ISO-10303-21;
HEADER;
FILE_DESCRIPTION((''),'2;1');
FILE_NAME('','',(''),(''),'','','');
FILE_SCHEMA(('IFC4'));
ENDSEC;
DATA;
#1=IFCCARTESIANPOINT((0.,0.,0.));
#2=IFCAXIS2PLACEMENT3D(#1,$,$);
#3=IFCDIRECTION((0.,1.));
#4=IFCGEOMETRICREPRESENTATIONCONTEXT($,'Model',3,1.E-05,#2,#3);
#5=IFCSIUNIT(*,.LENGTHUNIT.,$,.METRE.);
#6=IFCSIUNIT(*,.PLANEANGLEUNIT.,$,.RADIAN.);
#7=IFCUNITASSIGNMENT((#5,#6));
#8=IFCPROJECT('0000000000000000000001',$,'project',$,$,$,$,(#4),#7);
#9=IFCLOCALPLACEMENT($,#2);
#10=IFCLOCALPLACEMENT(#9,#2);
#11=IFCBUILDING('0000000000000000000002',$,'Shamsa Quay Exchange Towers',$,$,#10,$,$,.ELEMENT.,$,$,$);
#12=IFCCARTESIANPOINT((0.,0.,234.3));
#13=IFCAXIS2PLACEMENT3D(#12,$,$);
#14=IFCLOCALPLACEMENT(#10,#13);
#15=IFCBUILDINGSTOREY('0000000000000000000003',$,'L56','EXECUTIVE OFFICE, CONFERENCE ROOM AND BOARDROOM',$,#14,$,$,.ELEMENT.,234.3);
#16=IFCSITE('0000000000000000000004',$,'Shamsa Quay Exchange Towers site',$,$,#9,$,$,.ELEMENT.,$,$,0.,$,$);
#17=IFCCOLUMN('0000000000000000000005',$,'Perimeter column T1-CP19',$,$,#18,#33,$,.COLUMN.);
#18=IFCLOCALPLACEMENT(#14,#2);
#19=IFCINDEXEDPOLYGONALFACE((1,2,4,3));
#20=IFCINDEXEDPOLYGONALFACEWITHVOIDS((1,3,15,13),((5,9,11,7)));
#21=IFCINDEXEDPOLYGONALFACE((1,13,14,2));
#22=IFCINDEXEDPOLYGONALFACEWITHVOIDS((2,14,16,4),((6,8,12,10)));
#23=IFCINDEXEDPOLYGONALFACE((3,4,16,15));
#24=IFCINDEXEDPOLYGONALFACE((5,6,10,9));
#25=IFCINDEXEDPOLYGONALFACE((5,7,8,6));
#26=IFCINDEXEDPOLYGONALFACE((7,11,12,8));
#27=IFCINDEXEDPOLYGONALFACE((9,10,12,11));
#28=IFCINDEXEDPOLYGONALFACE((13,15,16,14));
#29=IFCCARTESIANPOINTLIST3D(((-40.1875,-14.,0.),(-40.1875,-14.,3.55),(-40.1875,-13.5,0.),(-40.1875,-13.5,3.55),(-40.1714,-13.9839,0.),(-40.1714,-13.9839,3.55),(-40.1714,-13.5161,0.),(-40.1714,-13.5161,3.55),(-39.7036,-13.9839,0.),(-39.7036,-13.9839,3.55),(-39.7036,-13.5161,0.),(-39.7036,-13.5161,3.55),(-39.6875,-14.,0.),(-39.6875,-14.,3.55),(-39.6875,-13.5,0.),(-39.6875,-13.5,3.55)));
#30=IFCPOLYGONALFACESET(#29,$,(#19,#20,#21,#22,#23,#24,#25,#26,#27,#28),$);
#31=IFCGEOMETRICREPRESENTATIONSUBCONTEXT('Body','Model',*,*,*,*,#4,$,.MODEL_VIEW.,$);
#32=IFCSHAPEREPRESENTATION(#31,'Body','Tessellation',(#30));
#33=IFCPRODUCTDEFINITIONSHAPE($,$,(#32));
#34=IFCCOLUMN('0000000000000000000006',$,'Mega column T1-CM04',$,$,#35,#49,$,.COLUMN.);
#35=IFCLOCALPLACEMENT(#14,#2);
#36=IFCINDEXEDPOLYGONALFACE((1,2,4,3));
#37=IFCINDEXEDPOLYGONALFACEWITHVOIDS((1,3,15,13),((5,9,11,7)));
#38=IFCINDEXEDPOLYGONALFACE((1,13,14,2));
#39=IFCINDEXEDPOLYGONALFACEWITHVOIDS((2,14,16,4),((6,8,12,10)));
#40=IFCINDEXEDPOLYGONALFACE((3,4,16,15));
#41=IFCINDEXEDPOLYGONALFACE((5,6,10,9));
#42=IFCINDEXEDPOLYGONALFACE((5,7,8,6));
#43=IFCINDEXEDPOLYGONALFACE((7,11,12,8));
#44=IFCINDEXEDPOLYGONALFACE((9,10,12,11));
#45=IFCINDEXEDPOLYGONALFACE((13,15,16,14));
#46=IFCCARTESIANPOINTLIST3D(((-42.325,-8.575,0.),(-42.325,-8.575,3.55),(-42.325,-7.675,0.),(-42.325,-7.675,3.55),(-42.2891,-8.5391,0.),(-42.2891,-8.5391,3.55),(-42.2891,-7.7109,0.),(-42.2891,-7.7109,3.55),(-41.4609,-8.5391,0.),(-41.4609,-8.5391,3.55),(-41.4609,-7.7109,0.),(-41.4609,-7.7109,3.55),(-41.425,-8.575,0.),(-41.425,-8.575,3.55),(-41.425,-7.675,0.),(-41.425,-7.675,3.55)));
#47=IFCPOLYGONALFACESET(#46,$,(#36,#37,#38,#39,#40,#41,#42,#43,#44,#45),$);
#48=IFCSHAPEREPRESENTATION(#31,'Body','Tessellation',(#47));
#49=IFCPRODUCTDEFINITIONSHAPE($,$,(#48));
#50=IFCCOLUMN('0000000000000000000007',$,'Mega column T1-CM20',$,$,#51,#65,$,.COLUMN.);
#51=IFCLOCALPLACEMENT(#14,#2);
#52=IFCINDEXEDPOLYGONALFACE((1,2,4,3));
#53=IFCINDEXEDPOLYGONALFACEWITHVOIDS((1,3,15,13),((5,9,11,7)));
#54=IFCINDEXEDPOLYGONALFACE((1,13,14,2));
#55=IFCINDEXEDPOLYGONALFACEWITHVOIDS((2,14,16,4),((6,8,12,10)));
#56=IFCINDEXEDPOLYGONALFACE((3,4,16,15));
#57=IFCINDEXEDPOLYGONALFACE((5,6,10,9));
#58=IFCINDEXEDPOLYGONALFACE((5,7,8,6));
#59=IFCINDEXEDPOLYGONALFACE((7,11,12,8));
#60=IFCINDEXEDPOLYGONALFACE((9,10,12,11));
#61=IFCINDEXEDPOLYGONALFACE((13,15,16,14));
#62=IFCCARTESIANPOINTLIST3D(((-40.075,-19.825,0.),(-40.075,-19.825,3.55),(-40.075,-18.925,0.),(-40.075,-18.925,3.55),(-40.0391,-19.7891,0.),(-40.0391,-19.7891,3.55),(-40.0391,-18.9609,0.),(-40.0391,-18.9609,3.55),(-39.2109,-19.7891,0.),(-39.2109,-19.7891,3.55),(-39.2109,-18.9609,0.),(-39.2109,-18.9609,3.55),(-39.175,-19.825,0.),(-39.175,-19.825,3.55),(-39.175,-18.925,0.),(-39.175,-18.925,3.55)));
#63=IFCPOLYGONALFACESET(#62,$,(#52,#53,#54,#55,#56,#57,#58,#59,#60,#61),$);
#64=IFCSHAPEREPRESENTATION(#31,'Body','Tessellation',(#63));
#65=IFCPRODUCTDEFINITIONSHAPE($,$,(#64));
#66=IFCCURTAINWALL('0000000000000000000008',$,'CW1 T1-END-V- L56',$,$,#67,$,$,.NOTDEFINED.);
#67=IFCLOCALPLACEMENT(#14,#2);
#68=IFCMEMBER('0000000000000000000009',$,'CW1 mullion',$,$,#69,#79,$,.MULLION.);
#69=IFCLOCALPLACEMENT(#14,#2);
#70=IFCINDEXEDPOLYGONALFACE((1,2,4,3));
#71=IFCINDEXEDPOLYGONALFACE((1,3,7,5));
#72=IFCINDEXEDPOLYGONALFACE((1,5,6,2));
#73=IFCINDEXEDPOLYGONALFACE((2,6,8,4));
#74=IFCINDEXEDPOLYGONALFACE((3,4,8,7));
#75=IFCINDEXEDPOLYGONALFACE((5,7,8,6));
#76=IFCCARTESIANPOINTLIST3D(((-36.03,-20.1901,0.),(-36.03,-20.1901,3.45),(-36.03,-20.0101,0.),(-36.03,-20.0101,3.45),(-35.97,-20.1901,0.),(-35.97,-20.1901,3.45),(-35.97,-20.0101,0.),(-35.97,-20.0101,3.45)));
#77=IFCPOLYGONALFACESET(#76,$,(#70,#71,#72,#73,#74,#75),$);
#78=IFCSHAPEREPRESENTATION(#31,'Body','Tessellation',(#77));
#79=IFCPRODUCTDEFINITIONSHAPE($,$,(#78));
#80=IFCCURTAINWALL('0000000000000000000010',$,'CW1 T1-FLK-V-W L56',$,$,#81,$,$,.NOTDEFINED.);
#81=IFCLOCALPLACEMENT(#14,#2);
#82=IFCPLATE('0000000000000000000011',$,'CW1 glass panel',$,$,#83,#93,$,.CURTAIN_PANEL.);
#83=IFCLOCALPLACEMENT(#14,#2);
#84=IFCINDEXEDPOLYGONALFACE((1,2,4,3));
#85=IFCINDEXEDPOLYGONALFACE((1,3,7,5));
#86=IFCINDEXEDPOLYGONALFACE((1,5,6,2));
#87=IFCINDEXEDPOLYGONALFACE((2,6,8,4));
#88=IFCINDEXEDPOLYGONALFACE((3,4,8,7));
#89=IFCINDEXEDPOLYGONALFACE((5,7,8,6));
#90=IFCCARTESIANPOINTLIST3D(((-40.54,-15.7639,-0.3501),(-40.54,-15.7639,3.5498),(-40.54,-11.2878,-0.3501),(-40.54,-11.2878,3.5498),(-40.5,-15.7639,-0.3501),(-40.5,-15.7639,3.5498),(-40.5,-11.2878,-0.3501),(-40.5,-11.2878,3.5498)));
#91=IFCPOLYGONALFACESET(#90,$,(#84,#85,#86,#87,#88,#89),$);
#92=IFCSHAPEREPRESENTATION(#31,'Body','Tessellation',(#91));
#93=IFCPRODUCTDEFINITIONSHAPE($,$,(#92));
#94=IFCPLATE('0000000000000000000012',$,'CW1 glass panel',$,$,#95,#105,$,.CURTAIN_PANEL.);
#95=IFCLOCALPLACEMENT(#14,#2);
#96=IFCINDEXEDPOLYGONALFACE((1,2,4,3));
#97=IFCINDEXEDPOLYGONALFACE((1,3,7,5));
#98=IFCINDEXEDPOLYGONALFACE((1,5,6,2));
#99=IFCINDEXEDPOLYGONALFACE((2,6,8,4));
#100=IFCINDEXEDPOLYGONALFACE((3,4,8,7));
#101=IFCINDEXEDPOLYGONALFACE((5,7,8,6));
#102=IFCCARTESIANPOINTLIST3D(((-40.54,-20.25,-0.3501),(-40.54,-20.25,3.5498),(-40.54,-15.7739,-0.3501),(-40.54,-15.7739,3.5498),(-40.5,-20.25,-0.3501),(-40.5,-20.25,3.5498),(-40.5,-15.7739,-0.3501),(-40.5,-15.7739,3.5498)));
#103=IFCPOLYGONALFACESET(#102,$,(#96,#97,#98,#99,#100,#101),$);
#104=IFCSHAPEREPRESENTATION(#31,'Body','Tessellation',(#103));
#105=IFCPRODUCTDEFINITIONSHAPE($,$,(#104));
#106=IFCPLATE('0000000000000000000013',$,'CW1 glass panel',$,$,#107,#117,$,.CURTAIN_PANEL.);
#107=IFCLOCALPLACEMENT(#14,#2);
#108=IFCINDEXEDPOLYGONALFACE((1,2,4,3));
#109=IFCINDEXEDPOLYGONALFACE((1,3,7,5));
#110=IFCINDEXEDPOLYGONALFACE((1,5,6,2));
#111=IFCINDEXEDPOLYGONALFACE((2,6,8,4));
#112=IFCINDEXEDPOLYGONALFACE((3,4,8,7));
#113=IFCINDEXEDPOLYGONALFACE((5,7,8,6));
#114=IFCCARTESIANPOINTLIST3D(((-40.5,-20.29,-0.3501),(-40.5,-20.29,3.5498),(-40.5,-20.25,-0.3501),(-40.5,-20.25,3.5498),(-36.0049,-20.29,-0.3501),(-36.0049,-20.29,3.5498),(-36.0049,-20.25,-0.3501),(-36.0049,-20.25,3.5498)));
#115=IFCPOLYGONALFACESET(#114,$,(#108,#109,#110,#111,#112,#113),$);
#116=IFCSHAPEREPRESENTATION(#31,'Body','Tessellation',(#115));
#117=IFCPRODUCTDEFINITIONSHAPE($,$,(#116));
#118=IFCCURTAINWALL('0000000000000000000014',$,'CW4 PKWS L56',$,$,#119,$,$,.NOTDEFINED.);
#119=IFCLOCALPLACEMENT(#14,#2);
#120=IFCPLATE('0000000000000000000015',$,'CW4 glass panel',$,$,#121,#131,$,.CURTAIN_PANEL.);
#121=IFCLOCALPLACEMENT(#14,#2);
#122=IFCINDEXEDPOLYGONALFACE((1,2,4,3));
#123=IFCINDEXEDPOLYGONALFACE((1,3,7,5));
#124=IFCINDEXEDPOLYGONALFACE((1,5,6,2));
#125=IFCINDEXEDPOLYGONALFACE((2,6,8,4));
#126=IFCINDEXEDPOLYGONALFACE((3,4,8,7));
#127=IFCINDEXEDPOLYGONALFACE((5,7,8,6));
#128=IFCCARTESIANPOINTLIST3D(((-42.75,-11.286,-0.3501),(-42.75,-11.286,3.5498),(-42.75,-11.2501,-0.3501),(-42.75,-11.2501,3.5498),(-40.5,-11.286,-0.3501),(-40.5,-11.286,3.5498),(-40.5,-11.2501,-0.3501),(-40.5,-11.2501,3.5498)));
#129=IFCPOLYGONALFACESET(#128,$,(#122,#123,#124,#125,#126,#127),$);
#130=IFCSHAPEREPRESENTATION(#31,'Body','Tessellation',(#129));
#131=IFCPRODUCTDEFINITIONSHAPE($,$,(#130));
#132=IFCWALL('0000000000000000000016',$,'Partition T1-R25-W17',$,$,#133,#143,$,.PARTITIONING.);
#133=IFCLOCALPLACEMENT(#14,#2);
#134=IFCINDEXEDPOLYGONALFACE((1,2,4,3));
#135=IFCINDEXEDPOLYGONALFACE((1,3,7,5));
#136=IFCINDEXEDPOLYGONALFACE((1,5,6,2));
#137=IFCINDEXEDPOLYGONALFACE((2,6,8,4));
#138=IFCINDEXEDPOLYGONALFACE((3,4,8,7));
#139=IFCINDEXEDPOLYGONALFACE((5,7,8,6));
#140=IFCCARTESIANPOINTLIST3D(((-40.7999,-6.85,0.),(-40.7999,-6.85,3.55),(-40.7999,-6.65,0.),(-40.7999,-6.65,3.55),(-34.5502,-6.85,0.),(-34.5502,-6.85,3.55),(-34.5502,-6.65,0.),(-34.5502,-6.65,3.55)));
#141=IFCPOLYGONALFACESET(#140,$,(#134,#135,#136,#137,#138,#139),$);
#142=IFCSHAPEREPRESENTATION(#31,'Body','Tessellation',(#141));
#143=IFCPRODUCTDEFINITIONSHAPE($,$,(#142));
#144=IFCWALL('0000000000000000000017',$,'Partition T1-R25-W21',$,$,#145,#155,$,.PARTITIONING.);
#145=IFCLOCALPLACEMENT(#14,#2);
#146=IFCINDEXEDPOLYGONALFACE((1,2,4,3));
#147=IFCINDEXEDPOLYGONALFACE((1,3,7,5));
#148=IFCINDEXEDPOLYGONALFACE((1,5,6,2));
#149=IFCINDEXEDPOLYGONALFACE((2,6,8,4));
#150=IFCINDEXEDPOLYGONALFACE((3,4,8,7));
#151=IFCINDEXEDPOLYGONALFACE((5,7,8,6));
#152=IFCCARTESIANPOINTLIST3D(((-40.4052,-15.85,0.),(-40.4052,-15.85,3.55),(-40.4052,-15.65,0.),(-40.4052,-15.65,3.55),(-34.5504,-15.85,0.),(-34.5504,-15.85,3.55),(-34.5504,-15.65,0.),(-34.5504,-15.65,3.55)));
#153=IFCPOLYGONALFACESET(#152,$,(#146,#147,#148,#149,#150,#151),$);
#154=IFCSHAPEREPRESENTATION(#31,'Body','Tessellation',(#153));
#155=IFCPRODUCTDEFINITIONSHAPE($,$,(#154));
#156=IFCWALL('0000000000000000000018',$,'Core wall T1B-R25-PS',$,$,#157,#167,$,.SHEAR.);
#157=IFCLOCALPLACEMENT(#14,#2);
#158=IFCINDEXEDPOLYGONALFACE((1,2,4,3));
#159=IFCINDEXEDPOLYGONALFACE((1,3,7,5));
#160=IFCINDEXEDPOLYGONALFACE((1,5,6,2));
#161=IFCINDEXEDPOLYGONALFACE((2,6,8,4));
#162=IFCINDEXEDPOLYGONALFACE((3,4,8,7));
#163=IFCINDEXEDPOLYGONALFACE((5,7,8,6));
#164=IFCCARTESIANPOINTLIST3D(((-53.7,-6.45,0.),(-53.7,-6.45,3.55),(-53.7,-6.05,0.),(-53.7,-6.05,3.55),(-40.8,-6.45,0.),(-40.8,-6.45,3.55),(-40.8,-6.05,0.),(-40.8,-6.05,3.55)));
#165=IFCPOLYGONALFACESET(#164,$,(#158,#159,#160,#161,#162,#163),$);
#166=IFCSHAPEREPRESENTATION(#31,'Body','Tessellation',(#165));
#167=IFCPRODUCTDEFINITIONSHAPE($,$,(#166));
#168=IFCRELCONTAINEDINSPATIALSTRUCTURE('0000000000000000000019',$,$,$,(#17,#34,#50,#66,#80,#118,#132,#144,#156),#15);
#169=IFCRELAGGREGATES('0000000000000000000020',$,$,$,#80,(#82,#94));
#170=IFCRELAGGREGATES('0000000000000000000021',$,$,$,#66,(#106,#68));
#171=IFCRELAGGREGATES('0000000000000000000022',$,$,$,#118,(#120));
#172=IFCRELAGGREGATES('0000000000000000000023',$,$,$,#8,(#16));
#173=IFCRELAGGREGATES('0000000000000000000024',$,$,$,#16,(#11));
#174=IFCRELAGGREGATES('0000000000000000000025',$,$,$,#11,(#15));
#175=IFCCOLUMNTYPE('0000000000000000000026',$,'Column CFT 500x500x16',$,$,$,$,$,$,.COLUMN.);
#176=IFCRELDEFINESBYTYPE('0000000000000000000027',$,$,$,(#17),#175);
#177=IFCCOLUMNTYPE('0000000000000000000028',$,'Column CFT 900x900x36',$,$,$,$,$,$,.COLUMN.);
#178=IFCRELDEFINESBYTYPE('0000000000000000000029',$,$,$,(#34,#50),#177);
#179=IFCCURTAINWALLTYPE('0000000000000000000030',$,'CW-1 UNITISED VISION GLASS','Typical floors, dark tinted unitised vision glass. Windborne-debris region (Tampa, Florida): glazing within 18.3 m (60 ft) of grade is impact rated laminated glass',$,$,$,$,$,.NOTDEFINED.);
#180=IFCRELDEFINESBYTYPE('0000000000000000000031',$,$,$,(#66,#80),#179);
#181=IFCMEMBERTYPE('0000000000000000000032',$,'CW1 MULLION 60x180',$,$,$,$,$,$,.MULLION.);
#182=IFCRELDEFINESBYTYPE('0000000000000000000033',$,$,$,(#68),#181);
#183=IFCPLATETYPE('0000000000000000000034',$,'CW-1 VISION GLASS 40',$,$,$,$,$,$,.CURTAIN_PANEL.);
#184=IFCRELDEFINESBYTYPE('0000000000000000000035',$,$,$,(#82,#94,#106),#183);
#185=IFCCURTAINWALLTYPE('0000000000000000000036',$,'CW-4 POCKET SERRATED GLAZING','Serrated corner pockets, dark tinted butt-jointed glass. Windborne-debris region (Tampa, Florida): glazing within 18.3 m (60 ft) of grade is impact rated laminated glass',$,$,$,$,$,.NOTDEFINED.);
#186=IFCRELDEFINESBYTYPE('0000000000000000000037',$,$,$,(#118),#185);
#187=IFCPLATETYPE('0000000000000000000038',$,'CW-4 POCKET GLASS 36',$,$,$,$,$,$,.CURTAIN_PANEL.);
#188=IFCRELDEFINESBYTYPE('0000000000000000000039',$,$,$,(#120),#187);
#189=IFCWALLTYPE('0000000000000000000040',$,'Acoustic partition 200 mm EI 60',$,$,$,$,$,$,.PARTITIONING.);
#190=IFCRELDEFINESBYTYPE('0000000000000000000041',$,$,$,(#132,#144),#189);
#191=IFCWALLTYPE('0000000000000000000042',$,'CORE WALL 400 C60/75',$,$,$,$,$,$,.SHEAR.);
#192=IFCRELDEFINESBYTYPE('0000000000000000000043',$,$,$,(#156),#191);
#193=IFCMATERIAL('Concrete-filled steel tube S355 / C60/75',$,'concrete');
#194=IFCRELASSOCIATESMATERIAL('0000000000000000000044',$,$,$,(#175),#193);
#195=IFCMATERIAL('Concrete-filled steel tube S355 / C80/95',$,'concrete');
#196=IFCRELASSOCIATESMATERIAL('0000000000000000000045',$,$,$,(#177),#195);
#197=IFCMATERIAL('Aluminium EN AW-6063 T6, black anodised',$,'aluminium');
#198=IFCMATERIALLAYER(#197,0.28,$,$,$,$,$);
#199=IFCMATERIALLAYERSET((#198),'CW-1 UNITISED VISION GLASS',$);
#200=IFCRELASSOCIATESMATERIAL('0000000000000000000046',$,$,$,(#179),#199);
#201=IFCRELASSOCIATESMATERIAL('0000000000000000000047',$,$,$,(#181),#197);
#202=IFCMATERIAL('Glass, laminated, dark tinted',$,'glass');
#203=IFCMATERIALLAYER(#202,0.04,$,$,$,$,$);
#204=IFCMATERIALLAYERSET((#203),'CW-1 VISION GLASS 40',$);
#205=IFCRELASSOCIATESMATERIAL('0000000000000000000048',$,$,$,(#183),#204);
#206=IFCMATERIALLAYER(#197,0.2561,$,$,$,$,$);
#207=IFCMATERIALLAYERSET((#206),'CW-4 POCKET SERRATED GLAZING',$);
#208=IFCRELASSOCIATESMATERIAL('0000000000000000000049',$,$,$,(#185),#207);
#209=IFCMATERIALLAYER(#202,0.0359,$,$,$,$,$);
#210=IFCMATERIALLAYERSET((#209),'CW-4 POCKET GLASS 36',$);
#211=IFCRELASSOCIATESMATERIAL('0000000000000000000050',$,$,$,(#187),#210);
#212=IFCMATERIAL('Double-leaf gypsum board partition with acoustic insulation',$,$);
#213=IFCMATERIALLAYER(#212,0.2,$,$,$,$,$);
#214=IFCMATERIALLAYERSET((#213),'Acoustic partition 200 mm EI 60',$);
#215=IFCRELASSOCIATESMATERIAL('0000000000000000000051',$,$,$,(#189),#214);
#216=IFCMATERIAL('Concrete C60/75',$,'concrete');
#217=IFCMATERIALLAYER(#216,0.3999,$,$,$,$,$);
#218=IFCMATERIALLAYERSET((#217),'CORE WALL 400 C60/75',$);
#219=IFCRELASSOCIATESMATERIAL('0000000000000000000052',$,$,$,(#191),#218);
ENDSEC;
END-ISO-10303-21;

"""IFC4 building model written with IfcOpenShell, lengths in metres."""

from ifc_helpers import new_model, si_unit, direction, frame, frame_2d, origin, origin_2d, place, context, subcontext, project, spatial, rectangle, hollow_rectangle, extrude, material, layer, layer_set, material_profile, profile_set, type_object, element, aggregate, save


model = new_model("IFC4")

# Units and contexts
model_context = context("Model", 3, precision=1e-05, world=origin(), true_north=direction((0.0, 1.0)))
body_context = subcontext(model_context, "Body", "Model", "MODEL_VIEW")
ifc_project = project(units=[si_unit("LENGTHUNIT", "METRE"), si_unit("PLANEANGLEUNIT", "RADIAN")], contexts=[model_context])

# Site, building, storey
site_placement = place(None, origin())
site = spatial("IfcSite", under=ifc_project, at=site_placement, Name="Shamsa Quay Exchange Towers site", CompositionType="ELEMENT", RefElevation=0.0)
building_placement = place(site_placement, origin())
building = spatial("IfcBuilding", under=site, at=building_placement, Name="Shamsa Quay Exchange Towers", CompositionType="ELEMENT")
storey_placement = place(building_placement, frame((0.0, 0.0, 234.3)))
storey = spatial("IfcBuildingStorey", under=building, at=storey_placement, Name="L56", Description="EXECUTIVE OFFICE, CONFERENCE ROOM AND BOARDROOM", CompositionType="ELEMENT", Elevation=234.3)

# Columns
ifc_material_1 = material(Name="Concrete-filled steel tube S355 / C60/75", Category="concrete")
ifc_material_profile_1 = material_profile(ifc_material_1, hollow_rectangle(XDim=0.5, YDim=0.5, WallThickness=0.0161, at=origin_2d()), Name="CFT 500x500x16")
ifc_profile_set_1 = profile_set([ifc_material_profile_1], Name="Concrete-filled steel tube S355 / C60/75")
column_type_1 = type_object("IfcColumnType", Name="Column CFT 500x500x16", PredefinedType="COLUMN", material=ifc_profile_set_1)
column_placement = place(storey_placement, frame((-39.9375, -13.75, 0.0)))
element("IfcColumn", 1, at=column_placement, inside=storey, type_object=column_type_1, Name="Perimeter column T1-CP19", PredefinedType="COLUMN", context=body_context, shape_type="SweptSolid", body=[
    extrude(hollow_rectangle(XDim=0.5, YDim=0.5, WallThickness=0.0161, at=origin_2d()), origin(), (0.0, 0.0, 1.0), 3.55),
])
ifc_material_2 = material(Name="Concrete-filled steel tube S355 / C80/95", Category="concrete")
ifc_material_profile_2 = material_profile(ifc_material_2, hollow_rectangle(XDim=0.8999, YDim=0.8999, WallThickness=0.0359, at=origin_2d()), Name="CFT 900x900x36")
ifc_profile_set_2 = profile_set([ifc_material_profile_2], Name="Concrete-filled steel tube S355 / C80/95")
column_type_2 = type_object("IfcColumnType", Name="Column CFT 900x900x36", PredefinedType="COLUMN", material=ifc_profile_set_2)
for number, where, name in (
    (2, (-41.875, -8.125, 0.0), "Mega column T1-CM04"),
    (3, (-39.625, -19.375, 0.0), "Mega column T1-CM20"),
):
    element("IfcColumn", number, at=place(storey_placement, frame(where)), inside=storey, type_object=column_type_2, Name=name, PredefinedType="COLUMN", context=body_context, shape_type="SweptSolid", body=[
        extrude(hollow_rectangle(XDim=0.8999, YDim=0.8999, WallThickness=0.0359, at=origin_2d()), origin(), (0.0, 0.0, 1.0), 3.55),
    ])

# Curtain wall, member
ifc_material_3 = material(Name="Aluminium EN AW-6063 T6, black anodised", Category="aluminium")
ifc_layer_1 = layer(ifc_material_3, 0.28)
ifc_layer_set_1 = layer_set([ifc_layer_1], Name="CW-1 UNITISED VISION GLASS")
curtain_wall_type_1 = type_object("IfcCurtainWallType", Name="CW-1 UNITISED VISION GLASS", Description="Typical floors, dark tinted unitised vision glass. Windborne-debris region (Tampa, Florida): glazing within 18.3 m (60 ft) of grade is impact rated laminated glass", PredefinedType="NOTDEFINED", material=ifc_layer_set_1)
curtain_wall_1_placement = place(storey_placement, origin())
curtain_wall_1 = element("IfcCurtainWall", 4, at=curtain_wall_1_placement, inside=storey, type_object=curtain_wall_type_1, Name="CW1 T1-END-V- L56", PredefinedType="NOTDEFINED")
ifc_material_profile_3 = material_profile(ifc_material_3, rectangle(XDim=0.1799, YDim=0.0601, at=origin_2d()), Name="MU60x180")
ifc_profile_set_3 = profile_set([ifc_material_profile_3], Name="Aluminium EN AW-6063 T6, black anodised")
member_type = type_object("IfcMemberType", Name="CW1 MULLION 60x180", PredefinedType="MULLION", material=ifc_profile_set_3)
member_placement = place(storey_placement, frame((-36.0, -20.1001, 0.0), z_axis=(0.0, 0.0, 1.0), x_axis=(0.0, 1.0, 0.0)))
member = element("IfcMember", 5, at=member_placement, type_object=member_type, Name="CW1 mullion", PredefinedType="MULLION", context=body_context, shape_type="SweptSolid", body=[
    extrude(rectangle(XDim=0.1799, YDim=0.0601, at=origin_2d()), origin(), (0.0, 0.0, 1.0), 3.45),
])

# Curtain wall, plates
curtain_wall_2_placement = place(storey_placement, origin())
curtain_wall_2 = element("IfcCurtainWall", 6, at=curtain_wall_2_placement, inside=storey, type_object=curtain_wall_type_1, Name="CW1 T1-FLK-V-W L56", PredefinedType="NOTDEFINED")
ifc_material_4 = material(Name="Glass, laminated, dark tinted", Category="glass")
ifc_layer_2 = layer(ifc_material_4, 0.04)
ifc_layer_set_2 = layer_set([ifc_layer_2], Name="CW-1 VISION GLASS 40")
plate_type_1 = type_object("IfcPlateType", Name="CW-1 VISION GLASS 40", PredefinedType="CURTAIN_PANEL", material=ifc_layer_set_2)
plate_1_placement = place(storey_placement, frame((-40.52, -13.5259, -0.3501), z_axis=(0.0, 0.0, 1.0), x_axis=(0.0, -1.0, 0.0)))
plate_1 = element("IfcPlate", 7, at=plate_1_placement, type_object=plate_type_1, Name="CW1 glass panel", PredefinedType="CURTAIN_PANEL", context=body_context, shape_type="SweptSolid", body=[
    extrude(rectangle(XDim=4.4761, YDim=0.04, at=origin_2d()), origin(), (0.0, 0.0, 1.0), 3.8999),
])
plate_2_placement = place(storey_placement, frame((-40.52, -18.012, -0.3501), z_axis=(0.0, 0.0, 1.0), x_axis=(0.0, -1.0, 0.0)))
plate_2 = element("IfcPlate", 8, at=plate_2_placement, type_object=plate_type_1, Name="CW1 glass panel", PredefinedType="CURTAIN_PANEL", context=body_context, shape_type="SweptSolid", body=[
    extrude(rectangle(XDim=4.4761, YDim=0.04, at=origin_2d()), origin(), (0.0, 0.0, 1.0), 3.8999),
])
aggregate(curtain_wall_2, [plate_1, plate_2])

# Plate
plate_3_placement = place(storey_placement, frame((-38.2524, -20.27, -0.3501)))
plate_3 = element("IfcPlate", 9, at=plate_3_placement, type_object=plate_type_1, Name="CW1 glass panel", PredefinedType="CURTAIN_PANEL", context=body_context, shape_type="SweptSolid", body=[
    extrude(rectangle(XDim=4.4951, YDim=0.04, at=origin_2d()), origin(), (0.0, 0.0, 1.0), 3.8999),
])
aggregate(curtain_wall_1, [plate_3, member])

# Curtain wall, plate
ifc_layer_3 = layer(ifc_material_3, 0.2561)
ifc_layer_set_3 = layer_set([ifc_layer_3], Name="CW-4 POCKET SERRATED GLAZING")
curtain_wall_type_2 = type_object("IfcCurtainWallType", Name="CW-4 POCKET SERRATED GLAZING", Description="Serrated corner pockets, dark tinted butt-jointed glass. Windborne-debris region (Tampa, Florida): glazing within 18.3 m (60 ft) of grade is impact rated laminated glass", PredefinedType="NOTDEFINED", material=ifc_layer_set_3)
curtain_wall_3_placement = place(storey_placement, origin())
curtain_wall_3 = element("IfcCurtainWall", 10, at=curtain_wall_3_placement, inside=storey, type_object=curtain_wall_type_2, Name="CW4 PKWS L56", PredefinedType="NOTDEFINED")
ifc_layer_4 = layer(ifc_material_4, 0.0359)
ifc_layer_set_4 = layer_set([ifc_layer_4], Name="CW-4 POCKET GLASS 36")
plate_type_2 = type_object("IfcPlateType", Name="CW-4 POCKET GLASS 36", PredefinedType="CURTAIN_PANEL", material=ifc_layer_set_4)
plate_4_placement = place(storey_placement, frame((-41.625, -11.2681, -0.3501)))
plate_4 = element("IfcPlate", 11, at=plate_4_placement, type_object=plate_type_2, Name="CW4 glass panel", PredefinedType="CURTAIN_PANEL", context=body_context, shape_type="SweptSolid", body=[
    extrude(rectangle(XDim=2.25, YDim=0.0359, at=origin_2d()), origin(), (0.0, 0.0, 1.0), 3.8999),
])
aggregate(curtain_wall_3, [plate_4])

# Walls
ifc_material_5 = material(Name="Double-leaf gypsum board partition with acoustic insulation")
ifc_layer_5 = layer(ifc_material_5, 0.2)
ifc_layer_set_5 = layer_set([ifc_layer_5], Name="Acoustic partition 200 mm EI 60")
wall_type_1 = type_object("IfcWallType", Name="Acoustic partition 200 mm EI 60", PredefinedType="PARTITIONING", material=ifc_layer_set_5)
wall_1_placement = place(storey_placement, frame((-40.8, -6.75, 0.0)))
element("IfcWall", 12, at=wall_1_placement, inside=storey, type_object=wall_type_1, Name="Partition T1-R25-W17", PredefinedType="PARTITIONING", context=body_context, shape_type="SweptSolid", body=[
    extrude(rectangle(XDim=6.2498, YDim=0.2, at=frame_2d((3.125, 0.0))), origin(), (0.0, 0.0, 1.0), 3.55),
])
wall_2_placement = place(storey_placement, frame((-40.405, -15.75, 0.0)))
element("IfcWall", 13, at=wall_2_placement, inside=storey, type_object=wall_type_1, Name="Partition T1-R25-W21", PredefinedType="PARTITIONING", context=body_context, shape_type="SweptSolid", body=[
    extrude(rectangle(XDim=5.8547, YDim=0.2, at=frame_2d((2.9272, 0.0))), origin(), (0.0, 0.0, 1.0), 3.55),
])
ifc_material_6 = material(Name="Concrete C60/75", Category="concrete")
ifc_layer_6 = layer(ifc_material_6, 0.3999)
ifc_layer_set_6 = layer_set([ifc_layer_6], Name="CORE WALL 400 C60/75")
wall_type_2 = type_object("IfcWallType", Name="CORE WALL 400 C60/75", PredefinedType="SHEAR", material=ifc_layer_set_6)
wall_3_placement = place(storey_placement, frame((-40.8, -6.25, 0.0), z_axis=(0.0, 0.0, 1.0), x_axis=(-1.0, 0.0, 0.0)))
element("IfcWall", 14, at=wall_3_placement, inside=storey, type_object=wall_type_2, Name="Core wall T1B-R25-PS", PredefinedType="SHEAR", context=body_context, shape_type="SweptSolid", body=[
    extrude(rectangle(XDim=12.8999, YDim=0.3999, at=frame_2d((6.45, 0.0))), origin(), (0.0, 0.0, 1.0), 3.55),
])

save(model, "model.ifc")
